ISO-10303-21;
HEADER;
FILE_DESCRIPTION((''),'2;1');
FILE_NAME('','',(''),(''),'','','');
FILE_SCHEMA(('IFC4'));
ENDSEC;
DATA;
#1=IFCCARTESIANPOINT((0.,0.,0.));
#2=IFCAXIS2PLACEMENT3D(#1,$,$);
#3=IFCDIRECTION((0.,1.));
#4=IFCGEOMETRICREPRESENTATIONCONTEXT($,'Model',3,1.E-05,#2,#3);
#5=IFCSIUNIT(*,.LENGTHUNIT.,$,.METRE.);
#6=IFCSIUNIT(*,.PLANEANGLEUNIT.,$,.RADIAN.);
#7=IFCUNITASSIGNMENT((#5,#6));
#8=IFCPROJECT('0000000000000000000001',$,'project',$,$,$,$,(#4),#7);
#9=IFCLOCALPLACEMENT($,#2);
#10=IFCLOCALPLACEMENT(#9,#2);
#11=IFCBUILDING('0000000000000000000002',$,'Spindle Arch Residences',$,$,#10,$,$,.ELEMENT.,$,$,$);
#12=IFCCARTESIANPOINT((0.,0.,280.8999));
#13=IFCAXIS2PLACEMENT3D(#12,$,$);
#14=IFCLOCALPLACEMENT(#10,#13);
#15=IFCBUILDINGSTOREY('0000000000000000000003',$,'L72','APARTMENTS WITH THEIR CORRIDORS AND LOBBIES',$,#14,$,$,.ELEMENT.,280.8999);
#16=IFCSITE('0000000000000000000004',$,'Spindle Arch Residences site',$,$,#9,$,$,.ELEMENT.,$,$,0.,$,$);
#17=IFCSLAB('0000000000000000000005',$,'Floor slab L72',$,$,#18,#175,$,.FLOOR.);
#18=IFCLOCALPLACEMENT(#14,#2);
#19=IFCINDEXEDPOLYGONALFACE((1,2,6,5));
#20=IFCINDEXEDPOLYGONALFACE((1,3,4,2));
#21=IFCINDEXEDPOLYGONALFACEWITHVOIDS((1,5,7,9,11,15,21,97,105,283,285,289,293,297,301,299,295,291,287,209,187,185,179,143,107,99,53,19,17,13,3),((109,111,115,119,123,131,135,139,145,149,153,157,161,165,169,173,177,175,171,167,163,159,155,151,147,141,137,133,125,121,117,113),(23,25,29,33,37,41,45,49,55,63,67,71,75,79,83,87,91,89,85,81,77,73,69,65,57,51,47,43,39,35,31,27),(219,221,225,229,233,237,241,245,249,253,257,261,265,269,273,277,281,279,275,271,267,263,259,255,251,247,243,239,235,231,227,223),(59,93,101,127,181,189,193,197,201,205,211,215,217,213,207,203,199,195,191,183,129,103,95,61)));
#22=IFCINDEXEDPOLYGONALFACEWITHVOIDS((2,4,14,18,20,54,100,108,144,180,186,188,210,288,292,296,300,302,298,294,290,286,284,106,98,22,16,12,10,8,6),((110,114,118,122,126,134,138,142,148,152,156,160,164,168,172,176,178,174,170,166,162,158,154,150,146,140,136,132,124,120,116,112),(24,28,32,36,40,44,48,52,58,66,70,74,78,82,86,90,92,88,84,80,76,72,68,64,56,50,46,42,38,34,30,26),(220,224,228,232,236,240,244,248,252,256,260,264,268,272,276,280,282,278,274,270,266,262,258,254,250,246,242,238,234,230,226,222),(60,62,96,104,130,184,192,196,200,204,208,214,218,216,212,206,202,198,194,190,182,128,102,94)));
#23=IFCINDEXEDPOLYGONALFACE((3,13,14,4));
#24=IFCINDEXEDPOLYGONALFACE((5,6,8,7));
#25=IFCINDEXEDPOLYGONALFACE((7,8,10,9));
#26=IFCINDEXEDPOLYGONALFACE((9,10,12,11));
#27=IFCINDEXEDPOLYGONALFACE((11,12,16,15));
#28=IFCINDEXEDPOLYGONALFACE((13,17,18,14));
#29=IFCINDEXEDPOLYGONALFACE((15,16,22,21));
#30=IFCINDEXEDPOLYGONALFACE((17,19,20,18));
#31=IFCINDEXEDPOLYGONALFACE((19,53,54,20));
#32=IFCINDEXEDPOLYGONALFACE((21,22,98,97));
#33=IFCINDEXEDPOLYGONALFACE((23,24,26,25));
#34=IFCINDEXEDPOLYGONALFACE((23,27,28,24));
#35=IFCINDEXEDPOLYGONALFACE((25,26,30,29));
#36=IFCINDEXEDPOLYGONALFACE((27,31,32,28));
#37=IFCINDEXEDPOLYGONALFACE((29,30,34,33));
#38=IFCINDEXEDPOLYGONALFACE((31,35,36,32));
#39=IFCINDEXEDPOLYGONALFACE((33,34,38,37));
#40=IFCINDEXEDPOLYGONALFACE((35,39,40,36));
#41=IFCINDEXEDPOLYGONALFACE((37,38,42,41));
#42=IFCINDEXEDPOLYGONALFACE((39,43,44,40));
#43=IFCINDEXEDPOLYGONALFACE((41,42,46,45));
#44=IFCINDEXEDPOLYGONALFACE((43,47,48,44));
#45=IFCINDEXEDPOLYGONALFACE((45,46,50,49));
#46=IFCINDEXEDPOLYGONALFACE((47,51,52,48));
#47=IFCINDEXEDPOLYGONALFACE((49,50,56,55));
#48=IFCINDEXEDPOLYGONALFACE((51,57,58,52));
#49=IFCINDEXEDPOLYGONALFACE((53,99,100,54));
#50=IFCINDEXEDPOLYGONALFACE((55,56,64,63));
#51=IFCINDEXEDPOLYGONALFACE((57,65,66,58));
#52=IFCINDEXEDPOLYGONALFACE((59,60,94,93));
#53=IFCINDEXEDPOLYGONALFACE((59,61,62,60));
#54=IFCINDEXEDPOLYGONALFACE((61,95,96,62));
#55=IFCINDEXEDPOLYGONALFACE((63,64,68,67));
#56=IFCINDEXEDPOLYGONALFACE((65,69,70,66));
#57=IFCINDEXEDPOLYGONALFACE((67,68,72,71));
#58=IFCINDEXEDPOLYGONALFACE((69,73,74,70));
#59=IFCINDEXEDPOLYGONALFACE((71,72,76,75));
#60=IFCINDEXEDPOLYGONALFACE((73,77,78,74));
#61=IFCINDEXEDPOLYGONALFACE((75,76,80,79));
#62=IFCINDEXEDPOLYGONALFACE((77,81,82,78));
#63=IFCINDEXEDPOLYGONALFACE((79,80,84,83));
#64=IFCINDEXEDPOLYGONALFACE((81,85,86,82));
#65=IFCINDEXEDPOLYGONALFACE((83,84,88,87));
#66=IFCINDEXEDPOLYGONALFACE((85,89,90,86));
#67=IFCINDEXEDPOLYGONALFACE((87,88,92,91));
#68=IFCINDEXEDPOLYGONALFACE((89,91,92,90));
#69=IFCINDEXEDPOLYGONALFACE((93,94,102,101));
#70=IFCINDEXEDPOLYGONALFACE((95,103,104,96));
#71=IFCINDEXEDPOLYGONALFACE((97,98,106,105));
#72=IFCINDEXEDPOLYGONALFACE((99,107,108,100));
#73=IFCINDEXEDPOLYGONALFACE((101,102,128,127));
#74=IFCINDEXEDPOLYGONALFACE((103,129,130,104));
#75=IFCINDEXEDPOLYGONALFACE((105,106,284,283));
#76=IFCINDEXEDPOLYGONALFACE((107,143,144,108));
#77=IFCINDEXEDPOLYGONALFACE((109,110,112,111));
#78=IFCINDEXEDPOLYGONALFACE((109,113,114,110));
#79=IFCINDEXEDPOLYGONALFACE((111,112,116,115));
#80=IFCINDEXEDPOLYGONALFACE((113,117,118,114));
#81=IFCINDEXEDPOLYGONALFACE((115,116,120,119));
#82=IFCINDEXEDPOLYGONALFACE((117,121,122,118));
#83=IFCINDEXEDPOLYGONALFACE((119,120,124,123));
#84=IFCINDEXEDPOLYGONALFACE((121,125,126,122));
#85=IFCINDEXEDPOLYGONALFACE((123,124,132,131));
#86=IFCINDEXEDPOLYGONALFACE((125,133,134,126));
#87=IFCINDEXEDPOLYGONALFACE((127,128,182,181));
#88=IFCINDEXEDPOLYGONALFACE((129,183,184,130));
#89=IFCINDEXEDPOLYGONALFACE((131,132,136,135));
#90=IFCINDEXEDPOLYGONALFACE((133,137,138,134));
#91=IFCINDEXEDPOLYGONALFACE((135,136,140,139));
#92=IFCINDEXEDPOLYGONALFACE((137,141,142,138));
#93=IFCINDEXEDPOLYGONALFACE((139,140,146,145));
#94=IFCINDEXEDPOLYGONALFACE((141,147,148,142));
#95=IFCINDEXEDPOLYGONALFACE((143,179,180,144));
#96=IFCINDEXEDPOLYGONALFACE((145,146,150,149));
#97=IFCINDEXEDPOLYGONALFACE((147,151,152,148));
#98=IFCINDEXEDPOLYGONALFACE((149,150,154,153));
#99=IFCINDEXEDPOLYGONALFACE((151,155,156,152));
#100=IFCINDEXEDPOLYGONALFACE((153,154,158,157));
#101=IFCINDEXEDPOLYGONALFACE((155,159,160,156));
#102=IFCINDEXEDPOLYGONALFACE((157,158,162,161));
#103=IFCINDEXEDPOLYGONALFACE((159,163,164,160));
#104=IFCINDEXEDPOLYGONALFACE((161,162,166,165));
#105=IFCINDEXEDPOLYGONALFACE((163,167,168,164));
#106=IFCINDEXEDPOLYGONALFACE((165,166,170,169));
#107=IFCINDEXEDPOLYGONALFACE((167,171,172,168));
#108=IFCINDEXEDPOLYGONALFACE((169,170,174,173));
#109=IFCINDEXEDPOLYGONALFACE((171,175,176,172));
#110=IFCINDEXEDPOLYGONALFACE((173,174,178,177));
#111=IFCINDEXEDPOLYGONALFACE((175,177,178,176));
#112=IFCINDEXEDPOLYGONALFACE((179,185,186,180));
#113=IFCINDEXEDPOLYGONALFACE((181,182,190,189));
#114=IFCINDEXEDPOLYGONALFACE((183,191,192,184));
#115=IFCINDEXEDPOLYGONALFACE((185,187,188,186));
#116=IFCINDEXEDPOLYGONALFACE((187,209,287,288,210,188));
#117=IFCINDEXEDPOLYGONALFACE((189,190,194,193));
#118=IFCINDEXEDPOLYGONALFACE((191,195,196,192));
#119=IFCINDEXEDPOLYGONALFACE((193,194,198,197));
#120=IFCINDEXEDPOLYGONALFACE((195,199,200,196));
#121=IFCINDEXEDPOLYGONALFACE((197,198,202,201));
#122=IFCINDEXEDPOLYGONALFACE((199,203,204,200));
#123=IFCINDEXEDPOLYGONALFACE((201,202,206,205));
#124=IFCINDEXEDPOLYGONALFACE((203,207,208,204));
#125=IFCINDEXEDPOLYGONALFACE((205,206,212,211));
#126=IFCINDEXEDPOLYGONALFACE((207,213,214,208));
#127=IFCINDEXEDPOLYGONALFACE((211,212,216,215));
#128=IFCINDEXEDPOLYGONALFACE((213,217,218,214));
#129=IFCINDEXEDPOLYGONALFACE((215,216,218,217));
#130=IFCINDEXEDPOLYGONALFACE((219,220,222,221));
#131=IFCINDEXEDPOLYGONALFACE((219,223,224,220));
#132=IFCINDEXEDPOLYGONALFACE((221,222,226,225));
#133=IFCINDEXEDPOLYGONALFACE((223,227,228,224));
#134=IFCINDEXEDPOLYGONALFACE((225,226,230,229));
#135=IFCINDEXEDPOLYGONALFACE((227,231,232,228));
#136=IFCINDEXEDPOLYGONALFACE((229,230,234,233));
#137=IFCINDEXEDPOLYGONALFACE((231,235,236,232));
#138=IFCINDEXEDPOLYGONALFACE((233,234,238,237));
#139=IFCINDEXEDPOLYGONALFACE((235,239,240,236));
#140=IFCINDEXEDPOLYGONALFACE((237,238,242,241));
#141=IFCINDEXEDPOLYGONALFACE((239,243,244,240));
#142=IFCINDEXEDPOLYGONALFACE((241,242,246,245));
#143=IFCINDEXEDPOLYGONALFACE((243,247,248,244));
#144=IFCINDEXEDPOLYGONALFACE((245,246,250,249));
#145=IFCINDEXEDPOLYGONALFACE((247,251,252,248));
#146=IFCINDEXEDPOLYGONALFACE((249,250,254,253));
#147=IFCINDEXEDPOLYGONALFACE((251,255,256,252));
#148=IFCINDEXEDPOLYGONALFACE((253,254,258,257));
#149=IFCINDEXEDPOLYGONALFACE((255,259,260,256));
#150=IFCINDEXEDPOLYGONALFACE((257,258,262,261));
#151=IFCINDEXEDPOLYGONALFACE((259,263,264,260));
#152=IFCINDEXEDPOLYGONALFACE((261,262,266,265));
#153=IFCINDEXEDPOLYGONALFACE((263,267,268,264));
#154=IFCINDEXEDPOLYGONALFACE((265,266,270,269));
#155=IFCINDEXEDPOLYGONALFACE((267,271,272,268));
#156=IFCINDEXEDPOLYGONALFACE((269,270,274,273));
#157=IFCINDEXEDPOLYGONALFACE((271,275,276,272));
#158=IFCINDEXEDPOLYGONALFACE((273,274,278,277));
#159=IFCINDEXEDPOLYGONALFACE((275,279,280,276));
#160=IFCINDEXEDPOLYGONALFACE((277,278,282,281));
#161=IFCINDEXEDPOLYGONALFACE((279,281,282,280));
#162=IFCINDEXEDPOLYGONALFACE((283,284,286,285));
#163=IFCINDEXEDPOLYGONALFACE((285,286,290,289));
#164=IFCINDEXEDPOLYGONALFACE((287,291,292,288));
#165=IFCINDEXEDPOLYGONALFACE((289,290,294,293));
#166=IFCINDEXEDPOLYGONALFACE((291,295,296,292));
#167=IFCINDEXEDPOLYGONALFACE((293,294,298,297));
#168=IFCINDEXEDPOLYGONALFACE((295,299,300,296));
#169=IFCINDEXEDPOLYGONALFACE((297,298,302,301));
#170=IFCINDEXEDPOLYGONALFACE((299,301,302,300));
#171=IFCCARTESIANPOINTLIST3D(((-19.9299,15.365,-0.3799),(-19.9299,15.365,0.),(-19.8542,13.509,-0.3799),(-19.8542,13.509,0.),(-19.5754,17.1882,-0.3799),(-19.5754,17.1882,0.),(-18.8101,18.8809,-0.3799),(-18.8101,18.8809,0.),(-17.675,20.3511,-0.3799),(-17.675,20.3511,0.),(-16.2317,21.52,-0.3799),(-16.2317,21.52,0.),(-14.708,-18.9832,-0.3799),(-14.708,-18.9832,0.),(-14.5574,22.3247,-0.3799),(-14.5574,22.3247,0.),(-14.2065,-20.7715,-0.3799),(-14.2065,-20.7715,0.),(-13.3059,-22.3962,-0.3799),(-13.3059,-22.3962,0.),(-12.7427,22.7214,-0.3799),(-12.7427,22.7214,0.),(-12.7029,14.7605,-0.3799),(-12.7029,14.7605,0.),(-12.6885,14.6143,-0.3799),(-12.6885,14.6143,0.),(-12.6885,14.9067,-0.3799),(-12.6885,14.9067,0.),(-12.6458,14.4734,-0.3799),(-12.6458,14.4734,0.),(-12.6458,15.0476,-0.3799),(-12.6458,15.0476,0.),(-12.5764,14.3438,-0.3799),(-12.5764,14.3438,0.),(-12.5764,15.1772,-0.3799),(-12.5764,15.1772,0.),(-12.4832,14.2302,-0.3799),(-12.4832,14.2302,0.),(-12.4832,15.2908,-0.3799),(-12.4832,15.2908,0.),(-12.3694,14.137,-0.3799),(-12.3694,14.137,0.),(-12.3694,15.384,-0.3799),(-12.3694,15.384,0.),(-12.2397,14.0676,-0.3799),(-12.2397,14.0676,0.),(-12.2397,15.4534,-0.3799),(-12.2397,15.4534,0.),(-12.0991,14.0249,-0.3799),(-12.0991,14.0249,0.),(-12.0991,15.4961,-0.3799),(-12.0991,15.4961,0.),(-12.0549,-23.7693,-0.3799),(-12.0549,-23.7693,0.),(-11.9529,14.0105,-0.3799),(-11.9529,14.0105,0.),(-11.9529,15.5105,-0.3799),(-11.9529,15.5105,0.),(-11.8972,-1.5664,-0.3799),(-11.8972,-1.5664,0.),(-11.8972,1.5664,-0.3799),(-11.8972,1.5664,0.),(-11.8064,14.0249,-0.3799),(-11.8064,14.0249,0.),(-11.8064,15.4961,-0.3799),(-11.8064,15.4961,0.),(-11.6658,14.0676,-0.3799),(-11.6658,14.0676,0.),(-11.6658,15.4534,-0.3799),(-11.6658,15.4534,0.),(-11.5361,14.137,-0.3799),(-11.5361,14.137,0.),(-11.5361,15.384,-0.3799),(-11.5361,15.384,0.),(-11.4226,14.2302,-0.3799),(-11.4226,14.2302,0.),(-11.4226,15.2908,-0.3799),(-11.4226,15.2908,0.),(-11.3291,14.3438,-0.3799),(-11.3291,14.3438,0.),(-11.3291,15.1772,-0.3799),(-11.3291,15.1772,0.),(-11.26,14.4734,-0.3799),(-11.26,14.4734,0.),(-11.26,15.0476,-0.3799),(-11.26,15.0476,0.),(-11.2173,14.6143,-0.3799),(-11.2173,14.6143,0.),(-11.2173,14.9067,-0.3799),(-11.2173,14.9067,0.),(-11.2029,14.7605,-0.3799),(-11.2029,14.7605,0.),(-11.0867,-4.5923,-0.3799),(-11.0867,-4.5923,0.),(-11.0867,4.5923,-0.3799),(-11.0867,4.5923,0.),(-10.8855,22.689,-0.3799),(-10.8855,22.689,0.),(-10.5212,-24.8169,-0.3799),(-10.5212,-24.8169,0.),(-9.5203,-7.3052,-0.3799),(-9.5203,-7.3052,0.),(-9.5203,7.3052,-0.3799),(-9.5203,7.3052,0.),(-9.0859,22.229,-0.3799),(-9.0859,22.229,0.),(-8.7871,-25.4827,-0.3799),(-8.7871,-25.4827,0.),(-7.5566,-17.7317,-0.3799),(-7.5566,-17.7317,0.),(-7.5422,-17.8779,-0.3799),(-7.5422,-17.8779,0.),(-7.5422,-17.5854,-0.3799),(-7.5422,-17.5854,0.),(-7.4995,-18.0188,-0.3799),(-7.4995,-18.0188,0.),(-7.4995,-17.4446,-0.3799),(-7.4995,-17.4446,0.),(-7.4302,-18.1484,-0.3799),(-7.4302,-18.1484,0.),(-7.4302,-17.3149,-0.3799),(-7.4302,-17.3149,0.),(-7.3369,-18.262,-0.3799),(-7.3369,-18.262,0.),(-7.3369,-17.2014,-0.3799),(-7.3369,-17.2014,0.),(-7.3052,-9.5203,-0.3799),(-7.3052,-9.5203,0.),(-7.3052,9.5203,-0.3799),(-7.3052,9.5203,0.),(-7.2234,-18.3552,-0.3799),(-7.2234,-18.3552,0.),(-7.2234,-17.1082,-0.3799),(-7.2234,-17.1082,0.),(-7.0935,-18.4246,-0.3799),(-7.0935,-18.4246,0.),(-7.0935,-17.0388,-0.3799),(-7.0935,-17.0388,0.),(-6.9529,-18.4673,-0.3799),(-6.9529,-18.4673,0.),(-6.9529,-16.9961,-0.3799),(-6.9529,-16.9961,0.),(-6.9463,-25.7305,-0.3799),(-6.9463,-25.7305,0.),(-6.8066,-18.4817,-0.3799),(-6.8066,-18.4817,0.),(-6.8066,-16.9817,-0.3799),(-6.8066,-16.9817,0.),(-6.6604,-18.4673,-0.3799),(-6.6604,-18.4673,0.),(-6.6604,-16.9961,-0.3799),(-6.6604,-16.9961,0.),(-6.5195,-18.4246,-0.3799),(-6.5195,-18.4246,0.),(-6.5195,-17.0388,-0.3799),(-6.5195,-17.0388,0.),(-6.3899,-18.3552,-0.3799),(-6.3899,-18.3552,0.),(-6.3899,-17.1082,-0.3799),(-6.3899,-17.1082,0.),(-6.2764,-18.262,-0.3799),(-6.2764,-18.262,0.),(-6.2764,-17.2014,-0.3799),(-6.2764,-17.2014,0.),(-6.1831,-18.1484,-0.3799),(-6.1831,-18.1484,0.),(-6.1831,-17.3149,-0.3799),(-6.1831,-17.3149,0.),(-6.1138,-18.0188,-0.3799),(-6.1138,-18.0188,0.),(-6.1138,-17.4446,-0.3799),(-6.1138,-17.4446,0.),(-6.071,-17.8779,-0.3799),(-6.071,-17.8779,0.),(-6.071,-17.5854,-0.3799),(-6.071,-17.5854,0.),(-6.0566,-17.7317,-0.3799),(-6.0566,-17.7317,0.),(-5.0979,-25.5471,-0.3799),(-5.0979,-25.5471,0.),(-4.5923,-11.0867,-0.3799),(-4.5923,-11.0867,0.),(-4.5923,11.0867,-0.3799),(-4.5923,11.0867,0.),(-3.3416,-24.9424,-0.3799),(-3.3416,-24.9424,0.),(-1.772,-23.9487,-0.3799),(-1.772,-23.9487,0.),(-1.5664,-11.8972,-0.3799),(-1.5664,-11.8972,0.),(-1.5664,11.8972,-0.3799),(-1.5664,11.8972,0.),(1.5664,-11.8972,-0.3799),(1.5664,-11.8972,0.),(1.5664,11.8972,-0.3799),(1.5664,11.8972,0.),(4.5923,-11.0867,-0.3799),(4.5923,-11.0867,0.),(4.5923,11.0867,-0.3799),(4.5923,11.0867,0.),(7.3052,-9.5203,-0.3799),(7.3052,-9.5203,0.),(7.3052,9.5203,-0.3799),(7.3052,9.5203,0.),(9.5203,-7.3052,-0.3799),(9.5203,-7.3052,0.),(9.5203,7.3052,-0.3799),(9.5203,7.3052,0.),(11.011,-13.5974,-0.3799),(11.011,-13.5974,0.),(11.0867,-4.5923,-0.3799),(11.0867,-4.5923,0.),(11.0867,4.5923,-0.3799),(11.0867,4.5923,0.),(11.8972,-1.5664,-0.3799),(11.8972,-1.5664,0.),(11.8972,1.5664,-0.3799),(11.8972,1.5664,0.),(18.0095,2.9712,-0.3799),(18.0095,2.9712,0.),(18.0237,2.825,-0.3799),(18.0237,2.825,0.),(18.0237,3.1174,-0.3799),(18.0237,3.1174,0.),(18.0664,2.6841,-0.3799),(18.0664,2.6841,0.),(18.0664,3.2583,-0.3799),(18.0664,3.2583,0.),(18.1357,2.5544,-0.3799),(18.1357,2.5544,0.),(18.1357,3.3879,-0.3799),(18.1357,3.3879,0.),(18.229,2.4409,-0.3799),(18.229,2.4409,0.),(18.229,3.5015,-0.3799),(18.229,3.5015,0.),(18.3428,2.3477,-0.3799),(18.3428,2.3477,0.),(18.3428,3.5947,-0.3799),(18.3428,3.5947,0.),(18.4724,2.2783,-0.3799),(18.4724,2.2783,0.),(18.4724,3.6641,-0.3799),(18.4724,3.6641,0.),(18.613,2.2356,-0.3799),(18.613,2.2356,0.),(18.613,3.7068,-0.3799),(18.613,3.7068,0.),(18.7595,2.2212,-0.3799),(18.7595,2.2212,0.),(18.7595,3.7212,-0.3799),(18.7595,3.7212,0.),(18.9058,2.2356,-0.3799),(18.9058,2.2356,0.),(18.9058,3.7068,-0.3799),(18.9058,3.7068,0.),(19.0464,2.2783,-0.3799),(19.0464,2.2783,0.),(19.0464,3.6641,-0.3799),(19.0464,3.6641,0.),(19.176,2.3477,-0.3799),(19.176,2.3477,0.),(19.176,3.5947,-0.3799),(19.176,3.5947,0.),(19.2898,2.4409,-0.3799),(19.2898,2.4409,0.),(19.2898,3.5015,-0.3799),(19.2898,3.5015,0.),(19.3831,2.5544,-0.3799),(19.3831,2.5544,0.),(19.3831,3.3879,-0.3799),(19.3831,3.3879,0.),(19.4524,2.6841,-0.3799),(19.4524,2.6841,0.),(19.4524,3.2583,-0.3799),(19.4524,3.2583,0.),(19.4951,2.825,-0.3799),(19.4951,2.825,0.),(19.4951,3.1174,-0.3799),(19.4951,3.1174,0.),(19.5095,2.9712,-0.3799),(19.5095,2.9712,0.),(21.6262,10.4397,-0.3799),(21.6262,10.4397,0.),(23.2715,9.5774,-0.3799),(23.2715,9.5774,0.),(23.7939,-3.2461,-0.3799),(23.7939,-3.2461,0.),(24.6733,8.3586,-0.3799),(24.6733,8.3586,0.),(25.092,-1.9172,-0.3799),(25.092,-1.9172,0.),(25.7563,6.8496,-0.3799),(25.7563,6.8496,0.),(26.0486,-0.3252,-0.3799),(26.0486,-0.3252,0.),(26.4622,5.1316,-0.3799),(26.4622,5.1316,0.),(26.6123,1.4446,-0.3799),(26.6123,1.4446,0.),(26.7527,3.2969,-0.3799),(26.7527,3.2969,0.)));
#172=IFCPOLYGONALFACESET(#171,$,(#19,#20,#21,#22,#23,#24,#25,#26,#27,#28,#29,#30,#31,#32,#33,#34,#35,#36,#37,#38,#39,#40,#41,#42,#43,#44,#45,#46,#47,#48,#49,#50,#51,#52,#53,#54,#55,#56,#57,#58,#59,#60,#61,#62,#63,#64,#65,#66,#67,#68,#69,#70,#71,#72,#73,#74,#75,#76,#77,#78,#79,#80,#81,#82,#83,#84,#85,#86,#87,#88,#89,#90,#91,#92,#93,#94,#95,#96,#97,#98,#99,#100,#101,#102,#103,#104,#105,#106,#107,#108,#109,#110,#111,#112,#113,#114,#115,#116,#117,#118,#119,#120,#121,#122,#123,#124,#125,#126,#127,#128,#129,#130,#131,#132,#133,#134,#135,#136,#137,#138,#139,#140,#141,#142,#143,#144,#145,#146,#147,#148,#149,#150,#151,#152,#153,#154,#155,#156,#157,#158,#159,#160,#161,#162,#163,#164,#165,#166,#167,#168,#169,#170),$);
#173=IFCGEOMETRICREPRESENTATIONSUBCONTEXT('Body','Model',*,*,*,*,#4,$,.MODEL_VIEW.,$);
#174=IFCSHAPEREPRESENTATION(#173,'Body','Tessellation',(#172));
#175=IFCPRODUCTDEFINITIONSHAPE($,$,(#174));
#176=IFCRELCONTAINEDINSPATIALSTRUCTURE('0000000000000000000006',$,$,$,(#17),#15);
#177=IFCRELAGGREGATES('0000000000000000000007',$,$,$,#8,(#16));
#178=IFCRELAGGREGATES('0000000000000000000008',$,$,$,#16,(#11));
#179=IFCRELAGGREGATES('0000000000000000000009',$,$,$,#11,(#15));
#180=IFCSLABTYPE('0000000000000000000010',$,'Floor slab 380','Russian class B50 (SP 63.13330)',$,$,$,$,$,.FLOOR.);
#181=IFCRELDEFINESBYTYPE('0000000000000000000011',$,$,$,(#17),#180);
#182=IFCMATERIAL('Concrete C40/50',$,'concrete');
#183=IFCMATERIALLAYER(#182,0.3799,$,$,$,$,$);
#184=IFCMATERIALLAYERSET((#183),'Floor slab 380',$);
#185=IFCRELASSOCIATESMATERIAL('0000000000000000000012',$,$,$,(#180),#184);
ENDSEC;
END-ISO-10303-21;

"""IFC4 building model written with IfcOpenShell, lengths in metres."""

from ifc_helpers import new_model, si_unit, direction, frame, origin, place, context, subcontext, project, spatial, polyline, outline, extrude, material, layer, layer_set, type_object, element, save


model = new_model("IFC4")

# Units and contexts
model_context = context("Model", 3, precision=1e-05, world=origin(), true_north=direction((0.0, 1.0)))
body_context = subcontext(model_context, "Body", "Model", "MODEL_VIEW")
ifc_project = project(units=[si_unit("LENGTHUNIT", "METRE"), si_unit("PLANEANGLEUNIT", "RADIAN")], contexts=[model_context])

# Site, building, storey
site_placement = place(None, origin())
site = spatial("IfcSite", under=ifc_project, at=site_placement, Name="Spindle Arch Residences site", CompositionType="ELEMENT", RefElevation=0.0)
building_placement = place(site_placement, origin())
building = spatial("IfcBuilding", under=site, at=building_placement, Name="Spindle Arch Residences", CompositionType="ELEMENT")
storey_placement = place(building_placement, frame((0.0, 0.0, 280.8999)))
storey = spatial("IfcBuildingStorey", under=building, at=storey_placement, Name="L72", Description="APARTMENTS WITH THEIR CORRIDORS AND LOBBIES", CompositionType="ELEMENT", Elevation=280.8999)

# Slab
ifc_material_1 = material(Name="Concrete C40/50", Category="concrete")
ifc_layer_1 = layer(ifc_material_1, 0.3799)
ifc_layer_set_1 = layer_set([ifc_layer_1], Name="Floor slab 380")
slab_type_1 = type_object("IfcSlabType", Name="Floor slab 380", Description="Russian class B50 (SP 63.13330)", PredefinedType="FLOOR", material=ifc_layer_set_1)
slab_1_placement = place(storey_placement, frame((0.0, 0.0, -0.3799)))
element("IfcSlab", 1, at=slab_1_placement, inside=storey, type_object=slab_type_1, Name="Floor slab L72", PredefinedType="FLOOR", context=body_context, shape_type="SweptSolid", body=[
    extrude(outline(polyline([(-3.3416, -24.9424), (-5.0979, -25.5471), (-6.9463, -25.7305), (-8.7871, -25.4827), (-10.5212, -24.8169), (-12.0549, -23.7693), (-13.3059, -22.3962), (-14.2065, -20.7715), (-14.708, -18.9832), (-19.8542, 13.509), (-19.9299, 15.365), (-19.5754, 17.1882), (-18.8101, 18.8809), (-17.675, 20.3511), (-16.2317, 21.52), (-14.5574, 22.3247), (-12.7427, 22.7214), (-10.8855, 22.689), (-9.0859, 22.229), (21.6262, 10.4397), (23.2715, 9.5774), (24.6733, 8.3586), (25.7563, 6.8496), (26.4622, 5.1316), (26.7527, 3.2969), (26.6123, 1.4446), (26.0486, -0.3252), (25.092, -1.9172), (23.7939, -3.2461), (11.011, -13.5974), (-1.772, -23.9487), (-3.3416, -24.9424)]), holes=[polyline([(7.3052, -9.5203), (9.5203, -7.3052), (11.0867, -4.5923), (11.8972, -1.5664), (11.8972, 1.5664), (11.0867, 4.5923), (9.5203, 7.3052), (7.3052, 9.5203), (4.5923, 11.0867), (1.5664, 11.8972), (-1.5664, 11.8972), (-4.5923, 11.0867), (-7.3052, 9.5203), (-9.5203, 7.3052), (-11.0867, 4.5923), (-11.8972, 1.5664), (-11.8972, -1.5664), (-11.0867, -4.5923), (-9.5203, -7.3052), (-7.3052, -9.5203), (-4.5923, -11.0867), (-1.5664, -11.8972), (1.5664, -11.8972), (4.5923, -11.0867), (7.3052, -9.5203)]), polyline([(-6.2764, -18.262), (-6.1831, -18.1484), (-6.1138, -18.0188), (-6.071, -17.8779), (-6.0566, -17.7317), (-6.071, -17.5854), (-6.1138, -17.4446), (-6.1831, -17.3149), (-6.2764, -17.2014), (-6.3899, -17.1082), (-6.5195, -17.0388), (-6.6604, -16.9961), (-6.8066, -16.9817), (-6.9529, -16.9961), (-7.0935, -17.0388), (-7.2234, -17.1082), (-7.3369, -17.2014), (-7.4302, -17.3149), (-7.4995, -17.4446), (-7.5422, -17.5854), (-7.5566, -17.7317), (-7.5422, -17.8779), (-7.4995, -18.0188), (-7.4302, -18.1484), (-7.3369, -18.262), (-7.2234, -18.3552), (-7.0935, -18.4246), (-6.9529, -18.4673), (-6.8066, -18.4817), (-6.6604, -18.4673), (-6.5195, -18.4246), (-6.3899, -18.3552), (-6.2764, -18.262)]), polyline([(-11.3291, 14.3438), (-11.26, 14.4734), (-11.2173, 14.6143), (-11.2029, 14.7605), (-11.2173, 14.9067), (-11.26, 15.0476), (-11.3291, 15.1772), (-11.4226, 15.2908), (-11.5361, 15.384), (-11.6658, 15.4534), (-11.8064, 15.4961), (-11.9529, 15.5105), (-12.0991, 15.4961), (-12.2397, 15.4534), (-12.3694, 15.384), (-12.4832, 15.2908), (-12.5764, 15.1772), (-12.6458, 15.0476), (-12.6885, 14.9067), (-12.7029, 14.7605), (-12.6885, 14.6143), (-12.6458, 14.4734), (-12.5764, 14.3438), (-12.4832, 14.2302), (-12.3694, 14.137), (-12.2397, 14.0676), (-12.0991, 14.0249), (-11.9529, 14.0105), (-11.8064, 14.0249), (-11.6658, 14.0676), (-11.5361, 14.137), (-11.4226, 14.2302), (-11.3291, 14.3438)]), polyline([(19.3831, 2.5544), (19.4524, 2.6841), (19.4951, 2.825), (19.5095, 2.9712), (19.4951, 3.1174), (19.4524, 3.2583), (19.3831, 3.3879), (19.2898, 3.5015), (19.176, 3.5947), (19.0464, 3.6641), (18.9058, 3.7068), (18.7595, 3.7212), (18.613, 3.7068), (18.4724, 3.6641), (18.3428, 3.5947), (18.229, 3.5015), (18.1357, 3.3879), (18.0664, 3.2583), (18.0237, 3.1174), (18.0095, 2.9712), (18.0237, 2.825), (18.0664, 2.6841), (18.1357, 2.5544), (18.229, 2.4409), (18.3428, 2.3477), (18.4724, 2.2783), (18.613, 2.2356), (18.7595, 2.2212), (18.9058, 2.2356), (19.0464, 2.2783), (19.176, 2.3477), (19.2898, 2.4409), (19.3831, 2.5544)])]), origin(), (0.0, 0.0, 1.0), 0.3799),
])

save(model, "model.ifc")
